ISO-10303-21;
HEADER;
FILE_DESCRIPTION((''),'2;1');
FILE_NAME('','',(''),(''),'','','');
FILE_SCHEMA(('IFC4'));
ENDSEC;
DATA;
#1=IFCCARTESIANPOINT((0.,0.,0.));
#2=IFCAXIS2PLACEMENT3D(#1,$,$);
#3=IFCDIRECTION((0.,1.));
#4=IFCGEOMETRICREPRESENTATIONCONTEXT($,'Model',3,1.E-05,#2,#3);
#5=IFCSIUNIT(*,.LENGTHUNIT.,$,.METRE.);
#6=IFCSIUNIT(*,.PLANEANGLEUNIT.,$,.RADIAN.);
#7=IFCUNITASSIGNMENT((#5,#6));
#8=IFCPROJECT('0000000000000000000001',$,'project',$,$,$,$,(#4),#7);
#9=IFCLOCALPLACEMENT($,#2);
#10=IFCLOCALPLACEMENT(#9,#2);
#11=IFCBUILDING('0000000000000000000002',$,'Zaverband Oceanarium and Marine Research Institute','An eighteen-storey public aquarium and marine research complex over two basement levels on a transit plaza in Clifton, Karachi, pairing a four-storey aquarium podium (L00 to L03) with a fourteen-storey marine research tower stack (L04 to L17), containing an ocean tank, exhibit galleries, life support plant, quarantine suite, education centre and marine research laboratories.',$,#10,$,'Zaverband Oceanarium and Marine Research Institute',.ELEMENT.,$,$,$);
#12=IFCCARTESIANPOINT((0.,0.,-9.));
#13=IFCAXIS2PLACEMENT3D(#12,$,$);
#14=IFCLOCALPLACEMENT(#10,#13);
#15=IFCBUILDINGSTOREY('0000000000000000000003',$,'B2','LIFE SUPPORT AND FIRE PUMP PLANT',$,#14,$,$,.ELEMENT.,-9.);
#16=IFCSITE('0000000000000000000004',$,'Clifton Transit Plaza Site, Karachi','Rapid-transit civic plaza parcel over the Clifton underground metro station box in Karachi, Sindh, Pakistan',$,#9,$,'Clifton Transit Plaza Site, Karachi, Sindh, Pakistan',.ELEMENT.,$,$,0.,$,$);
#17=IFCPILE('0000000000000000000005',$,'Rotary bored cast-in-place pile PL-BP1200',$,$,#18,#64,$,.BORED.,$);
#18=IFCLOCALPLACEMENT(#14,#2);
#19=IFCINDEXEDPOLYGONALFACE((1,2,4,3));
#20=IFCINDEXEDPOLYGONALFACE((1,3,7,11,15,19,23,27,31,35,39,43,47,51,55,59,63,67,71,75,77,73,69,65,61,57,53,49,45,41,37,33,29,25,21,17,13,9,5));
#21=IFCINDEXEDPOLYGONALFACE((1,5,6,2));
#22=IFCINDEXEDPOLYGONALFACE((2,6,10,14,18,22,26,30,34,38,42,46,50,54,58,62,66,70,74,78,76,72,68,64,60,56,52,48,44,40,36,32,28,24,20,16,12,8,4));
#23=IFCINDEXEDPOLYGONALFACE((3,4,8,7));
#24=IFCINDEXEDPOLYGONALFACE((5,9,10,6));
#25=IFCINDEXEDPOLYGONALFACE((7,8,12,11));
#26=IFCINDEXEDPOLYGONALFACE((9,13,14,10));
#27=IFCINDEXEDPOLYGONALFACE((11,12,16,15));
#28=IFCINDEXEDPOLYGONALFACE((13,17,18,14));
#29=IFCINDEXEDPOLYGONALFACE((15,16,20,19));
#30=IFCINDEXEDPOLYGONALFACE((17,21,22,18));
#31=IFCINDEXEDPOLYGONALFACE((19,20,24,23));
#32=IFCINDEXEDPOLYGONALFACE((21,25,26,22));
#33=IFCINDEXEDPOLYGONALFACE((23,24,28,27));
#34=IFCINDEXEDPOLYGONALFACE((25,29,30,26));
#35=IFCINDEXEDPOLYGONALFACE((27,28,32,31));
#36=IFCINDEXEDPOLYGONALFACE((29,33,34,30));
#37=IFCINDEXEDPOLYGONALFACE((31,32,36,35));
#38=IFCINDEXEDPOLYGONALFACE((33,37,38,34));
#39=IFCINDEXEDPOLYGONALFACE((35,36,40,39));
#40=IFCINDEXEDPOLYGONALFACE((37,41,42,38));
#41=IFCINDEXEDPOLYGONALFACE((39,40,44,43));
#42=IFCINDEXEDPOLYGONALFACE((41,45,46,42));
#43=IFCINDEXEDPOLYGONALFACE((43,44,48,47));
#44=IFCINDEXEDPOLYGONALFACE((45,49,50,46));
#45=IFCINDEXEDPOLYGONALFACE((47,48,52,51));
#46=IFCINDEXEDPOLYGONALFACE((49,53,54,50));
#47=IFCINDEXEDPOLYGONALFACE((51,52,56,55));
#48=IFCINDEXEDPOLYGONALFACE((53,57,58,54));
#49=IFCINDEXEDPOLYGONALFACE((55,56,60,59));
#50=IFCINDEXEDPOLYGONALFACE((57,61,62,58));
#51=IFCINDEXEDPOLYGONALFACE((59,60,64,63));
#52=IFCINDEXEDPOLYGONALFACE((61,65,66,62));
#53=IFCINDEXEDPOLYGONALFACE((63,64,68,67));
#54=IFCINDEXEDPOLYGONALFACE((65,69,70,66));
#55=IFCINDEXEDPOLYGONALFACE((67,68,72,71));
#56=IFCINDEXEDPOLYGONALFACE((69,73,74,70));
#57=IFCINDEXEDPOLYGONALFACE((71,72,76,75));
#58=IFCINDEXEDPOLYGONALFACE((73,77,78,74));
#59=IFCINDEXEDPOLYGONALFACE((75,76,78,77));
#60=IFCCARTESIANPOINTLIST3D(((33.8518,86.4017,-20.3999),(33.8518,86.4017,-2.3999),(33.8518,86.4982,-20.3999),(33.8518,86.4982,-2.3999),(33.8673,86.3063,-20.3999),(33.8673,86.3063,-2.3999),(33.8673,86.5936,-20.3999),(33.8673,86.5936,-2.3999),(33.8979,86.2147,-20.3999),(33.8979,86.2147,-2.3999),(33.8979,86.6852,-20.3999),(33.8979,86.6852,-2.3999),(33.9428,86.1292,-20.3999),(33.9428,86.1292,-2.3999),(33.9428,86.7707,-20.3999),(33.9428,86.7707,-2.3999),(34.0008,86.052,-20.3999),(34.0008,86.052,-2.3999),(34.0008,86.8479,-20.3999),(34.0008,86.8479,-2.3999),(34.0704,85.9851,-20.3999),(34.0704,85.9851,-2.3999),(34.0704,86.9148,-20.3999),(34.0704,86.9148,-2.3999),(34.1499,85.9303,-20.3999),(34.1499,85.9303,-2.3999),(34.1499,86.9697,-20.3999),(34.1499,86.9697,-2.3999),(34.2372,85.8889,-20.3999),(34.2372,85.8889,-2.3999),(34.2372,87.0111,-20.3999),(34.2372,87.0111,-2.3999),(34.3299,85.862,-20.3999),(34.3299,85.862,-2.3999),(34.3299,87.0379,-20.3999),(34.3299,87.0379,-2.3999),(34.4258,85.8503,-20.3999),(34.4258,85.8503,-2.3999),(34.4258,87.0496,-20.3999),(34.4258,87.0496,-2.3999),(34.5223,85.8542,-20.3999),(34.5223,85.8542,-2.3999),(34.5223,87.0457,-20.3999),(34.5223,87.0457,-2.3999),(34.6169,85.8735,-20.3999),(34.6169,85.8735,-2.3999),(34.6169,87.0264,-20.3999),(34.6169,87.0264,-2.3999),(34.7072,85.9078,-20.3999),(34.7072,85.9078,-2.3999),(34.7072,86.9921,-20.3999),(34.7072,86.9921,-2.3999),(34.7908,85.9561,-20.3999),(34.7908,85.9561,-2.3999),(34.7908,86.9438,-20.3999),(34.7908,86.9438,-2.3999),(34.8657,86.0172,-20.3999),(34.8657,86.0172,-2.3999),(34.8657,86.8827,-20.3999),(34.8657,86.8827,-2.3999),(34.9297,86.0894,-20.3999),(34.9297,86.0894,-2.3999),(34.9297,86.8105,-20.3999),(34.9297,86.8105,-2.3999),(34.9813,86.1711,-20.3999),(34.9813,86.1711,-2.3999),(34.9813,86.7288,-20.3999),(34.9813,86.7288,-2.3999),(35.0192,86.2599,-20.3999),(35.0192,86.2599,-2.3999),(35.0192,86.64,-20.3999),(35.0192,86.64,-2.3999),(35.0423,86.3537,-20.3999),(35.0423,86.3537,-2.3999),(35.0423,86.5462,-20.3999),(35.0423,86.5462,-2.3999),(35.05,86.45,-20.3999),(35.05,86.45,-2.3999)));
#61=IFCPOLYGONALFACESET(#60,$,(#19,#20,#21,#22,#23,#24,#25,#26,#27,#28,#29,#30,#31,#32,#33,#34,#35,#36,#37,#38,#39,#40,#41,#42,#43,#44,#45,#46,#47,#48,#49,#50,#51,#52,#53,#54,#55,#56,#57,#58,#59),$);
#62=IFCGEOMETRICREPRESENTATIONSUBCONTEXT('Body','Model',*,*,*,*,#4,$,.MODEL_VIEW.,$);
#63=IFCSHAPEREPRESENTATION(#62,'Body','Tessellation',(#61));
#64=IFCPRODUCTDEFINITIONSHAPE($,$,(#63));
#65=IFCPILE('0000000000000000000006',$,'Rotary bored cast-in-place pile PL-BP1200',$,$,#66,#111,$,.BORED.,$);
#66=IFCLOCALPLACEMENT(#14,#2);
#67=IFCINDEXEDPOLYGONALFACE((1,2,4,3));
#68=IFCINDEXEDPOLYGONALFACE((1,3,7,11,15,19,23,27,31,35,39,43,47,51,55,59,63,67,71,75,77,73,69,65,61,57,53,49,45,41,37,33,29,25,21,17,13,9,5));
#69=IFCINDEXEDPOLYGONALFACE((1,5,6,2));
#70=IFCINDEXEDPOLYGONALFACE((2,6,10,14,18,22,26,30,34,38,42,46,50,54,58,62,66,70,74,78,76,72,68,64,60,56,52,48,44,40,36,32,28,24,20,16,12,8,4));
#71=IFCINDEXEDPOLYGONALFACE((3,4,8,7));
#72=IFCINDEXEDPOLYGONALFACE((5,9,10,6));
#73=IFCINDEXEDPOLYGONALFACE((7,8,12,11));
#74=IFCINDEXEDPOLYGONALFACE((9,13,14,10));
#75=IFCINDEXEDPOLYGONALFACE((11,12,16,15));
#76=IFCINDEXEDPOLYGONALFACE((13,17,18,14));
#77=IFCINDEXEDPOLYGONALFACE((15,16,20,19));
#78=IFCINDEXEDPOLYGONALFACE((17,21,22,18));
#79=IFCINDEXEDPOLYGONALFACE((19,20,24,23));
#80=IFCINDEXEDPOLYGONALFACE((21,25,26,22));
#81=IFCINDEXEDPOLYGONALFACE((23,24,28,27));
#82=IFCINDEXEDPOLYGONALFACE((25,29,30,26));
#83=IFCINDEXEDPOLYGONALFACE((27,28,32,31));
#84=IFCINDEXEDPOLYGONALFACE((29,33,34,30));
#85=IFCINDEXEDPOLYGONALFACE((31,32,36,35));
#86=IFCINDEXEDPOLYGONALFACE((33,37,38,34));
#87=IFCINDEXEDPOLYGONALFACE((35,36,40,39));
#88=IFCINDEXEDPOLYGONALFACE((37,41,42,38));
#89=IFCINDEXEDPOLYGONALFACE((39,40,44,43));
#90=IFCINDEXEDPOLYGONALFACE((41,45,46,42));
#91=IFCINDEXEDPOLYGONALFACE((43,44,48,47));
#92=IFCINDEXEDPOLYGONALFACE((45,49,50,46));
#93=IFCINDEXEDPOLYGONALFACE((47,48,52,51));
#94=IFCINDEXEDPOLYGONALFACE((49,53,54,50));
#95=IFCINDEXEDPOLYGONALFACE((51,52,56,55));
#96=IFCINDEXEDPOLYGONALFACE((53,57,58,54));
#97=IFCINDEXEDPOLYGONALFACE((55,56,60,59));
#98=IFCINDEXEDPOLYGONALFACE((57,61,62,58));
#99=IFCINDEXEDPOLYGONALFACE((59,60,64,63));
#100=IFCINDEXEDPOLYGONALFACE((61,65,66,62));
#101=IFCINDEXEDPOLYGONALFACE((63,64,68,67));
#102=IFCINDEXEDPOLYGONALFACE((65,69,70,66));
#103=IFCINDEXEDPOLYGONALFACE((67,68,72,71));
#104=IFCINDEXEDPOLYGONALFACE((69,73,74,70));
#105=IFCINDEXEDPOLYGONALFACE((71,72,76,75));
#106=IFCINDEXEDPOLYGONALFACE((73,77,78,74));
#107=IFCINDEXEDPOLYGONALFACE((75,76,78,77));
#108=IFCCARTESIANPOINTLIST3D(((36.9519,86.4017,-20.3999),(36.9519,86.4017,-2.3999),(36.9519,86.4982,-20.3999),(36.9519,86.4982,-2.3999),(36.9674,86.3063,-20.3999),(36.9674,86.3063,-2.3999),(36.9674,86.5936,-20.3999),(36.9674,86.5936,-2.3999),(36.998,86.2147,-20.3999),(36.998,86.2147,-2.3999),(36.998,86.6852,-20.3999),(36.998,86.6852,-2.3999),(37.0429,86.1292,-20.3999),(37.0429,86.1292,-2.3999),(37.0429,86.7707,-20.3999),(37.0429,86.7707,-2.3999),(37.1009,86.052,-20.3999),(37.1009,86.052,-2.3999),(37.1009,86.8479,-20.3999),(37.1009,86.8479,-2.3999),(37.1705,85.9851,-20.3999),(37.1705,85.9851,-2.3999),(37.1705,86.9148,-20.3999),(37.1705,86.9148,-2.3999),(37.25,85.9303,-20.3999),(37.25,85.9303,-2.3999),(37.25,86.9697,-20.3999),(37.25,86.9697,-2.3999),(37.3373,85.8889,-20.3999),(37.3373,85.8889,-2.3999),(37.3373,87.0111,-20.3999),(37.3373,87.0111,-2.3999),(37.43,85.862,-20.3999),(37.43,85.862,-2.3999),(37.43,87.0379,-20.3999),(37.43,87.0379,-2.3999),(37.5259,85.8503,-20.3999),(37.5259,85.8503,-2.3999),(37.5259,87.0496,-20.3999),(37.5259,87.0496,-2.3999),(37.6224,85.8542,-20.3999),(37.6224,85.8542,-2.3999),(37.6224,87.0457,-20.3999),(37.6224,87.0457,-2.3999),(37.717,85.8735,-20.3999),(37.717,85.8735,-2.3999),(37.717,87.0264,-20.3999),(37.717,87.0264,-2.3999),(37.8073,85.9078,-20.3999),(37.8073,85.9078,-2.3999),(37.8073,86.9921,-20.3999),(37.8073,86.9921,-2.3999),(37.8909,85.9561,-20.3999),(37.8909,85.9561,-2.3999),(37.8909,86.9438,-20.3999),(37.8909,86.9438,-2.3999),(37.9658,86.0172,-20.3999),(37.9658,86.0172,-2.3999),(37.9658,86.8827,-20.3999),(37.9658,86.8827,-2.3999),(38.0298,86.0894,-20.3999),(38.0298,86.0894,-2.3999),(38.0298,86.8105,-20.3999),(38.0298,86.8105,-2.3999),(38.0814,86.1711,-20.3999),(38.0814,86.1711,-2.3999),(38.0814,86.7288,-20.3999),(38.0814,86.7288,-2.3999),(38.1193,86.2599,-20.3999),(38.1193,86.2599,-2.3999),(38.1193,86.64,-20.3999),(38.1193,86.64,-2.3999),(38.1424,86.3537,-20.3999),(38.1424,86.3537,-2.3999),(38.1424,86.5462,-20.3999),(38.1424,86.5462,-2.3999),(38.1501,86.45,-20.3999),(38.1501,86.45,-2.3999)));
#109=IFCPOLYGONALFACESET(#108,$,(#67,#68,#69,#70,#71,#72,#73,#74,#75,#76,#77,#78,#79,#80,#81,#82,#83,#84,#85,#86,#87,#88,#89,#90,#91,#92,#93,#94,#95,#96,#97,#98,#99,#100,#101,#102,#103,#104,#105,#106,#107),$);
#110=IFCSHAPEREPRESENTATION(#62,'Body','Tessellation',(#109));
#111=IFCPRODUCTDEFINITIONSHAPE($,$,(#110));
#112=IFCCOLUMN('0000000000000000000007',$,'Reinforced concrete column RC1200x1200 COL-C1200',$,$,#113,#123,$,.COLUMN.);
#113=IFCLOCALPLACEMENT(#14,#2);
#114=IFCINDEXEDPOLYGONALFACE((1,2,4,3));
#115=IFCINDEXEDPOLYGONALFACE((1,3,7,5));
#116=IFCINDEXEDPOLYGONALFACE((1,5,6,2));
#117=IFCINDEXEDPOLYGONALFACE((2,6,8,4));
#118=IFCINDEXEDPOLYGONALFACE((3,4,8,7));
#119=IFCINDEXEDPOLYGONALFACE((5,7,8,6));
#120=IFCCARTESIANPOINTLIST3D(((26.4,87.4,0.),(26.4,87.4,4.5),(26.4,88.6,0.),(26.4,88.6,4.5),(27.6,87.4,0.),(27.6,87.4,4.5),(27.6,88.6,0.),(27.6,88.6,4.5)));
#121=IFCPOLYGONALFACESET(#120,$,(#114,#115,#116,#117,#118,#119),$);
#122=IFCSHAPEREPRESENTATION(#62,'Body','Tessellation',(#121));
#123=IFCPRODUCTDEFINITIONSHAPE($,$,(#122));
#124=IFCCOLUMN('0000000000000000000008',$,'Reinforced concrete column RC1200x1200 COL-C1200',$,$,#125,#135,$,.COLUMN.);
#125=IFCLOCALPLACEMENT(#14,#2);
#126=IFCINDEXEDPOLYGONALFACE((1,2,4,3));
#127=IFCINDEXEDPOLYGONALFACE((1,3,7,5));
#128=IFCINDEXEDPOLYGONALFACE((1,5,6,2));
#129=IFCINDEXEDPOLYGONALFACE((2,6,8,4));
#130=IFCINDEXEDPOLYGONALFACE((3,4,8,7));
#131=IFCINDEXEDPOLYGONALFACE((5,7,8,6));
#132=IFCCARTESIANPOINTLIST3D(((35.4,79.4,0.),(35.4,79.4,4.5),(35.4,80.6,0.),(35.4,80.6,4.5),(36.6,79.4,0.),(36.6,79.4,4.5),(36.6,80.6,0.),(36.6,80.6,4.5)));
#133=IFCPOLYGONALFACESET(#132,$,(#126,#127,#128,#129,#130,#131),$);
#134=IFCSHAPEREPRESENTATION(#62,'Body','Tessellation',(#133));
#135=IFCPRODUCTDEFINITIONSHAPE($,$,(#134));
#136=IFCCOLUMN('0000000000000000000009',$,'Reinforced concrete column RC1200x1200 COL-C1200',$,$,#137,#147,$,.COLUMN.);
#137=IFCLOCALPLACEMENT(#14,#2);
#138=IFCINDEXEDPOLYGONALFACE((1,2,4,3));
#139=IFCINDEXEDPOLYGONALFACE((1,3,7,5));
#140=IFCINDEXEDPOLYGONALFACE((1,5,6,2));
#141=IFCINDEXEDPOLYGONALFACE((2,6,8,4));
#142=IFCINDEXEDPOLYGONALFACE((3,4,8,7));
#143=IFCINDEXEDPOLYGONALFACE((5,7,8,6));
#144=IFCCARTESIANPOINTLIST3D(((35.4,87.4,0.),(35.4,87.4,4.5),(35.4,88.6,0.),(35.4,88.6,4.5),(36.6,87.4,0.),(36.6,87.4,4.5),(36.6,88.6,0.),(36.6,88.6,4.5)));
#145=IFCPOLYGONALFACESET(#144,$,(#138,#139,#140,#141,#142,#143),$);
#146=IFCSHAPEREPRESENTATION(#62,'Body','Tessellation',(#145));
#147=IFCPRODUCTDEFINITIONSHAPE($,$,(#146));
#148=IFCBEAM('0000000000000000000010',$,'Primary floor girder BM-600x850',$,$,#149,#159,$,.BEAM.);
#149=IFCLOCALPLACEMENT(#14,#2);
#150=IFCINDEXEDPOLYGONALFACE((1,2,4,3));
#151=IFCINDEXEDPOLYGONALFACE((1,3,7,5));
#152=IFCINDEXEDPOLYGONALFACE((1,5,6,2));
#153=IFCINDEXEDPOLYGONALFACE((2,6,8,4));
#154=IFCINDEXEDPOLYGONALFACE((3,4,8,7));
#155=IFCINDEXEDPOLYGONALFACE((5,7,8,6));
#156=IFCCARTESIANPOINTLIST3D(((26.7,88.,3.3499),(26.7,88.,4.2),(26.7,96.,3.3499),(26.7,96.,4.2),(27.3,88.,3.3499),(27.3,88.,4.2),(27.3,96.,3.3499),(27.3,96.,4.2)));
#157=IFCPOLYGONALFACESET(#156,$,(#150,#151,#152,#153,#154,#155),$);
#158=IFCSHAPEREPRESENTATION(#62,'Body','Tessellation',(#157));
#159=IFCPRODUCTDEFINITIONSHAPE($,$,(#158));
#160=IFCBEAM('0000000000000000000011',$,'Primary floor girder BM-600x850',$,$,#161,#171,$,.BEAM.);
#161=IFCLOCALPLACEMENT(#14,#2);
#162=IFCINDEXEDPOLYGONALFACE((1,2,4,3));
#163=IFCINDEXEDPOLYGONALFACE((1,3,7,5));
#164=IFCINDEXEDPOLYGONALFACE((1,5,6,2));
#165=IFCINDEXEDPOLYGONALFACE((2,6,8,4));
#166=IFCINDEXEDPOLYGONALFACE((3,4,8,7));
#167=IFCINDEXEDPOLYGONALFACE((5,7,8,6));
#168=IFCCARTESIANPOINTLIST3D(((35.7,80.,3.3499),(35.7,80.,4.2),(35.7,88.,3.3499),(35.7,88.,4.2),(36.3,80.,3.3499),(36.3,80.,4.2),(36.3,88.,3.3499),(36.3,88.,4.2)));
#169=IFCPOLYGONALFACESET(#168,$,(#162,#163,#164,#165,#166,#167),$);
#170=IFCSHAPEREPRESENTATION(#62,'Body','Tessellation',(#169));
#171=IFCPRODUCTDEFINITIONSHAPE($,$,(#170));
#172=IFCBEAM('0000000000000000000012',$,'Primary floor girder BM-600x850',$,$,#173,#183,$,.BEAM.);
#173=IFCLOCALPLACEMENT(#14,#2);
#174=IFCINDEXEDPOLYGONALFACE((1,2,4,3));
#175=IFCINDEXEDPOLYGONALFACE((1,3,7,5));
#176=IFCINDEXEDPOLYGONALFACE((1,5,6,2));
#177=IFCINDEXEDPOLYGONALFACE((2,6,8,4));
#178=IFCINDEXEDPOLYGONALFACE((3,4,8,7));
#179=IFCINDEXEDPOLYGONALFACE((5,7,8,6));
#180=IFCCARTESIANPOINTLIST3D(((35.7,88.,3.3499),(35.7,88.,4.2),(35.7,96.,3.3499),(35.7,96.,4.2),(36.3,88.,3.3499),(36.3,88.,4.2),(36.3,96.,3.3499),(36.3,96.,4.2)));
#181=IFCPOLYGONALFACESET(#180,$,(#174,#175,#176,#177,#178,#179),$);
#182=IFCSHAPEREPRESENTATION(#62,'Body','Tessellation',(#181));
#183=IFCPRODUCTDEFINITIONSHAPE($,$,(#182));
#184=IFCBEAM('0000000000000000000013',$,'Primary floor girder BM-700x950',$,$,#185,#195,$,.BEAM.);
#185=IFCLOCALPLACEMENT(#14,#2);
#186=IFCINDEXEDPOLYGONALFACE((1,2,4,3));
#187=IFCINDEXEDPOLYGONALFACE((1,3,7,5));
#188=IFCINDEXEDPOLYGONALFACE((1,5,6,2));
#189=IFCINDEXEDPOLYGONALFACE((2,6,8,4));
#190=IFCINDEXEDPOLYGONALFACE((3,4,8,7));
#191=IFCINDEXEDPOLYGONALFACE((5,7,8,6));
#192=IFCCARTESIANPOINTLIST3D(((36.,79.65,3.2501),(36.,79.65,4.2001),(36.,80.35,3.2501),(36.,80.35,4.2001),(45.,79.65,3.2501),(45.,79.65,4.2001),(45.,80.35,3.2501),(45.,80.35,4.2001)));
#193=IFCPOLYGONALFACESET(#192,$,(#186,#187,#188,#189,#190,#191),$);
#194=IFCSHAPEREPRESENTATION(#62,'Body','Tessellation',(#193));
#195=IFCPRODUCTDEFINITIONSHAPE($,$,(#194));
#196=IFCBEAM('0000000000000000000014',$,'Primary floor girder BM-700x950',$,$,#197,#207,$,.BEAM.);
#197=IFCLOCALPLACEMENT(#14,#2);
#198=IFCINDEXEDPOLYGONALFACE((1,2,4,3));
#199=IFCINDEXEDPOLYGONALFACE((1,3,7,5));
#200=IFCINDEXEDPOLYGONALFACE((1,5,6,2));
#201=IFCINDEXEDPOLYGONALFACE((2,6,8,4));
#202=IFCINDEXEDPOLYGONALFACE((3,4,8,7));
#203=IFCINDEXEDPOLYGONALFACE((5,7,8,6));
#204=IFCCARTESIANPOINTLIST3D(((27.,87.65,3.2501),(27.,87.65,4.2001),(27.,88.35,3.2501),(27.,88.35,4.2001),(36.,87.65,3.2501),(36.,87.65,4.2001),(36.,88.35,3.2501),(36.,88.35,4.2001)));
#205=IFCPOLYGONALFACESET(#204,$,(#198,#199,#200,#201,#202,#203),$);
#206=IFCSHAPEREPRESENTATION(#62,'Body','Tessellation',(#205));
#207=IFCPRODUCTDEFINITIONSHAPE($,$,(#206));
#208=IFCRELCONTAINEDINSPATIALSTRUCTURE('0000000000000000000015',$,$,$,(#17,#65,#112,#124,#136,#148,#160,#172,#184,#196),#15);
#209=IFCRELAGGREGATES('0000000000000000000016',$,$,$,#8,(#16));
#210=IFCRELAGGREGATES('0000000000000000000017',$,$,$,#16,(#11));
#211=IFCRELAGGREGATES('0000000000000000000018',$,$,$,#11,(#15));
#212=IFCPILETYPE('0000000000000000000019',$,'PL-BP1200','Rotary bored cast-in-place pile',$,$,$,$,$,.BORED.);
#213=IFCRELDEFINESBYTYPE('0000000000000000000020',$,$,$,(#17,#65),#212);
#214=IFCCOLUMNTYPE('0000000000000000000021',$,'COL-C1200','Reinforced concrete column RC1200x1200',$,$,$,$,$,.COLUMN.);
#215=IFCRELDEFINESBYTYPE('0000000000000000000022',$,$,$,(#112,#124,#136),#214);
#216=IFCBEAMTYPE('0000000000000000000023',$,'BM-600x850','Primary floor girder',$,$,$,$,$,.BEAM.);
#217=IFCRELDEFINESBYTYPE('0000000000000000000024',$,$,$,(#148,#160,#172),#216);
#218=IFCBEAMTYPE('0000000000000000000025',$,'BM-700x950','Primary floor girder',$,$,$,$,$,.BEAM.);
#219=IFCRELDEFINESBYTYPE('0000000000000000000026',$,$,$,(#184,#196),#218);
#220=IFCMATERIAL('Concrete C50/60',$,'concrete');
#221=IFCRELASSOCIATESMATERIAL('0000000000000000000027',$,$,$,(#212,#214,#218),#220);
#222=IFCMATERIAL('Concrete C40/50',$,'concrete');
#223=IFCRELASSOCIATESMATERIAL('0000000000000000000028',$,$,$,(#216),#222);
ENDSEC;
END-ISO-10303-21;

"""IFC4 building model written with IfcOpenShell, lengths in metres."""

from ifc_helpers import new_model, si_unit, direction, frame, origin, origin_2d, place, context, subcontext, project, spatial, rectangle, circle, extrude, material, material_profile, profile_set, type_object, element, save


model = new_model("IFC4")

# Units and contexts
model_context = context("Model", 3, precision=1e-05, world=origin(), true_north=direction((0.0, 1.0)))
body_context = subcontext(model_context, "Body", "Model", "MODEL_VIEW")
ifc_project = project(units=[si_unit("LENGTHUNIT", "METRE"), si_unit("PLANEANGLEUNIT", "RADIAN")], contexts=[model_context])

# Site, building, storey
site_placement = place(None, origin())
site = spatial("IfcSite", under=ifc_project, at=site_placement, Name="Clifton Transit Plaza Site, Karachi", Description="Rapid-transit civic plaza parcel over the Clifton underground metro station box in Karachi, Sindh, Pakistan", LongName="Clifton Transit Plaza Site, Karachi, Sindh, Pakistan", CompositionType="ELEMENT", RefElevation=0.0)
building_placement = place(site_placement, origin())
building = spatial("IfcBuilding", under=site, at=building_placement, Name="Zaverband Oceanarium and Marine Research Institute", Description="An eighteen-storey public aquarium and marine research complex over two basement levels on a transit plaza in Clifton, Karachi, pairing a four-storey aquarium podium (L00 to L03) with a fourteen-storey marine research tower stack (L04 to L17), containing an ocean tank, exhibit galleries, life support plant, quarantine suite, education centre and marine research laboratories.", LongName="Zaverband Oceanarium and Marine Research Institute", CompositionType="ELEMENT")
storey_placement = place(building_placement, frame((0.0, 0.0, -9.0)))
storey = spatial("IfcBuildingStorey", under=building, at=storey_placement, Name="B2", Description="LIFE SUPPORT AND FIRE PUMP PLANT", CompositionType="ELEMENT", Elevation=-9.0)

# Shared definitions
ifc_material_1 = material(Name="Concrete C50/60", Category="concrete")

# Piles
ifc_material_profile_1 = material_profile(ifc_material_1, circle(Radius=0.6001, at=origin_2d()), Name="BP1200")
ifc_profile_set_1 = profile_set([ifc_material_profile_1], Name="Concrete C50/60")
pile_type = type_object("IfcPileType", Name="PL-BP1200", Description="Rotary bored cast-in-place pile", PredefinedType="BORED", material=ifc_profile_set_1)
for number, where, z_axis, x_axis, name in (
    (1, (34.45, 86.45, -2.3999), (0.0, 0.0, -1.0), (1.0, 0.0, 0.0), "Rotary bored cast-in-place pile PL-BP1200"),
    (2, (37.55, 86.45, -2.3999), (0.0, 0.0, -1.0), (1.0, 0.0, 0.0), "Rotary bored cast-in-place pile PL-BP1200"),
):
    element("IfcPile", number, at=place(storey_placement, frame(where, z_axis=z_axis, x_axis=x_axis)), inside=storey, type_object=pile_type, Name=name, PredefinedType="BORED", context=body_context, shape_type="SweptSolid", body=[
        extrude(circle(Radius=0.6001, at=origin_2d()), origin(), (0.0, 0.0, 1.0), 18.0),
    ])

# Columns
ifc_material_profile_2 = material_profile(ifc_material_1, rectangle(XDim=1.2, YDim=1.2, at=origin_2d()), Name="RC1200x1200")
ifc_profile_set_2 = profile_set([ifc_material_profile_2], Name="Concrete C50/60")
column_type = type_object("IfcColumnType", Name="COL-C1200", Description="Reinforced concrete column RC1200x1200", PredefinedType="COLUMN", material=ifc_profile_set_2)
for number, where, z_axis, x_axis, name in (
    (3, (27.0, 88.0, 0.0), (0.0, 0.0, 1.0), (1.0, 0.0, 0.0), "Reinforced concrete column RC1200x1200 COL-C1200"),
    (4, (36.0, 80.0, 0.0), (0.0, 0.0, 1.0), (1.0, 0.0, 0.0), "Reinforced concrete column RC1200x1200 COL-C1200"),
    (5, (36.0, 88.0, 0.0), (0.0, 0.0, 1.0), (1.0, 0.0, 0.0), "Reinforced concrete column RC1200x1200 COL-C1200"),
):
    element("IfcColumn", number, at=place(storey_placement, frame(where, z_axis=z_axis, x_axis=x_axis)), inside=storey, type_object=column_type, Name=name, PredefinedType="COLUMN", context=body_context, shape_type="SweptSolid", body=[
        extrude(rectangle(XDim=1.2, YDim=1.2, at=origin_2d()), origin(), (0.0, 0.0, 1.0), 4.5),
    ])

# Beams
ifc_material_2 = material(Name="Concrete C40/50", Category="concrete")
ifc_material_profile_3 = material_profile(ifc_material_2, rectangle(XDim=0.6001, YDim=0.8501, at=origin_2d()), Name="RC600x850")
ifc_profile_set_3 = profile_set([ifc_material_profile_3], Name="Concrete C40/50")
beam_type_1 = type_object("IfcBeamType", Name="BM-600x850", Description="Primary floor girder", PredefinedType="BEAM", material=ifc_profile_set_3)
for number, where, z_axis, x_axis, name in (
    (6, (27.0, 88.0, 3.7749), (0.0, 1.0, 0.0), (-1.0, 0.0, 0.0), "Primary floor girder BM-600x850"),
    (7, (36.0, 80.0, 3.7749), (0.0, 1.0, 0.0), (-1.0, 0.0, 0.0), "Primary floor girder BM-600x850"),
    (8, (36.0, 88.0, 3.7749), (0.0, 1.0, 0.0), (-1.0, 0.0, 0.0), "Primary floor girder BM-600x850"),
):
    element("IfcBeam", number, at=place(storey_placement, frame(where, z_axis=z_axis, x_axis=x_axis)), inside=storey, type_object=beam_type_1, Name=name, PredefinedType="BEAM", context=body_context, shape_type="SweptSolid", body=[
        extrude(rectangle(XDim=0.6001, YDim=0.8501, at=origin_2d()), origin(), (0.0, 0.0, 1.0), 8.0),
    ])
ifc_material_profile_4 = material_profile(ifc_material_1, rectangle(XDim=0.7, YDim=0.95, at=origin_2d()), Name="RC700x950")
ifc_profile_set_4 = profile_set([ifc_material_profile_4], Name="Concrete C50/60")
beam_type_2 = type_object("IfcBeamType", Name="BM-700x950", Description="Primary floor girder", PredefinedType="BEAM", material=ifc_profile_set_4)
for number, where, z_axis, x_axis, name in (
    (9, (36.0, 80.0, 3.7251), (1.0, 0.0, 0.0), (0.0, 1.0, 0.0), "Primary floor girder BM-700x950"),
    (10, (27.0, 88.0, 3.7251), (1.0, 0.0, 0.0), (0.0, 1.0, 0.0), "Primary floor girder BM-700x950"),
):
    element("IfcBeam", number, at=place(storey_placement, frame(where, z_axis=z_axis, x_axis=x_axis)), inside=storey, type_object=beam_type_2, Name=name, PredefinedType="BEAM", context=body_context, shape_type="SweptSolid", body=[
        extrude(rectangle(XDim=0.7, YDim=0.95, at=origin_2d()), origin(), (0.0, 0.0, 1.0), 9.0),
    ])

save(model, "model.ifc")
